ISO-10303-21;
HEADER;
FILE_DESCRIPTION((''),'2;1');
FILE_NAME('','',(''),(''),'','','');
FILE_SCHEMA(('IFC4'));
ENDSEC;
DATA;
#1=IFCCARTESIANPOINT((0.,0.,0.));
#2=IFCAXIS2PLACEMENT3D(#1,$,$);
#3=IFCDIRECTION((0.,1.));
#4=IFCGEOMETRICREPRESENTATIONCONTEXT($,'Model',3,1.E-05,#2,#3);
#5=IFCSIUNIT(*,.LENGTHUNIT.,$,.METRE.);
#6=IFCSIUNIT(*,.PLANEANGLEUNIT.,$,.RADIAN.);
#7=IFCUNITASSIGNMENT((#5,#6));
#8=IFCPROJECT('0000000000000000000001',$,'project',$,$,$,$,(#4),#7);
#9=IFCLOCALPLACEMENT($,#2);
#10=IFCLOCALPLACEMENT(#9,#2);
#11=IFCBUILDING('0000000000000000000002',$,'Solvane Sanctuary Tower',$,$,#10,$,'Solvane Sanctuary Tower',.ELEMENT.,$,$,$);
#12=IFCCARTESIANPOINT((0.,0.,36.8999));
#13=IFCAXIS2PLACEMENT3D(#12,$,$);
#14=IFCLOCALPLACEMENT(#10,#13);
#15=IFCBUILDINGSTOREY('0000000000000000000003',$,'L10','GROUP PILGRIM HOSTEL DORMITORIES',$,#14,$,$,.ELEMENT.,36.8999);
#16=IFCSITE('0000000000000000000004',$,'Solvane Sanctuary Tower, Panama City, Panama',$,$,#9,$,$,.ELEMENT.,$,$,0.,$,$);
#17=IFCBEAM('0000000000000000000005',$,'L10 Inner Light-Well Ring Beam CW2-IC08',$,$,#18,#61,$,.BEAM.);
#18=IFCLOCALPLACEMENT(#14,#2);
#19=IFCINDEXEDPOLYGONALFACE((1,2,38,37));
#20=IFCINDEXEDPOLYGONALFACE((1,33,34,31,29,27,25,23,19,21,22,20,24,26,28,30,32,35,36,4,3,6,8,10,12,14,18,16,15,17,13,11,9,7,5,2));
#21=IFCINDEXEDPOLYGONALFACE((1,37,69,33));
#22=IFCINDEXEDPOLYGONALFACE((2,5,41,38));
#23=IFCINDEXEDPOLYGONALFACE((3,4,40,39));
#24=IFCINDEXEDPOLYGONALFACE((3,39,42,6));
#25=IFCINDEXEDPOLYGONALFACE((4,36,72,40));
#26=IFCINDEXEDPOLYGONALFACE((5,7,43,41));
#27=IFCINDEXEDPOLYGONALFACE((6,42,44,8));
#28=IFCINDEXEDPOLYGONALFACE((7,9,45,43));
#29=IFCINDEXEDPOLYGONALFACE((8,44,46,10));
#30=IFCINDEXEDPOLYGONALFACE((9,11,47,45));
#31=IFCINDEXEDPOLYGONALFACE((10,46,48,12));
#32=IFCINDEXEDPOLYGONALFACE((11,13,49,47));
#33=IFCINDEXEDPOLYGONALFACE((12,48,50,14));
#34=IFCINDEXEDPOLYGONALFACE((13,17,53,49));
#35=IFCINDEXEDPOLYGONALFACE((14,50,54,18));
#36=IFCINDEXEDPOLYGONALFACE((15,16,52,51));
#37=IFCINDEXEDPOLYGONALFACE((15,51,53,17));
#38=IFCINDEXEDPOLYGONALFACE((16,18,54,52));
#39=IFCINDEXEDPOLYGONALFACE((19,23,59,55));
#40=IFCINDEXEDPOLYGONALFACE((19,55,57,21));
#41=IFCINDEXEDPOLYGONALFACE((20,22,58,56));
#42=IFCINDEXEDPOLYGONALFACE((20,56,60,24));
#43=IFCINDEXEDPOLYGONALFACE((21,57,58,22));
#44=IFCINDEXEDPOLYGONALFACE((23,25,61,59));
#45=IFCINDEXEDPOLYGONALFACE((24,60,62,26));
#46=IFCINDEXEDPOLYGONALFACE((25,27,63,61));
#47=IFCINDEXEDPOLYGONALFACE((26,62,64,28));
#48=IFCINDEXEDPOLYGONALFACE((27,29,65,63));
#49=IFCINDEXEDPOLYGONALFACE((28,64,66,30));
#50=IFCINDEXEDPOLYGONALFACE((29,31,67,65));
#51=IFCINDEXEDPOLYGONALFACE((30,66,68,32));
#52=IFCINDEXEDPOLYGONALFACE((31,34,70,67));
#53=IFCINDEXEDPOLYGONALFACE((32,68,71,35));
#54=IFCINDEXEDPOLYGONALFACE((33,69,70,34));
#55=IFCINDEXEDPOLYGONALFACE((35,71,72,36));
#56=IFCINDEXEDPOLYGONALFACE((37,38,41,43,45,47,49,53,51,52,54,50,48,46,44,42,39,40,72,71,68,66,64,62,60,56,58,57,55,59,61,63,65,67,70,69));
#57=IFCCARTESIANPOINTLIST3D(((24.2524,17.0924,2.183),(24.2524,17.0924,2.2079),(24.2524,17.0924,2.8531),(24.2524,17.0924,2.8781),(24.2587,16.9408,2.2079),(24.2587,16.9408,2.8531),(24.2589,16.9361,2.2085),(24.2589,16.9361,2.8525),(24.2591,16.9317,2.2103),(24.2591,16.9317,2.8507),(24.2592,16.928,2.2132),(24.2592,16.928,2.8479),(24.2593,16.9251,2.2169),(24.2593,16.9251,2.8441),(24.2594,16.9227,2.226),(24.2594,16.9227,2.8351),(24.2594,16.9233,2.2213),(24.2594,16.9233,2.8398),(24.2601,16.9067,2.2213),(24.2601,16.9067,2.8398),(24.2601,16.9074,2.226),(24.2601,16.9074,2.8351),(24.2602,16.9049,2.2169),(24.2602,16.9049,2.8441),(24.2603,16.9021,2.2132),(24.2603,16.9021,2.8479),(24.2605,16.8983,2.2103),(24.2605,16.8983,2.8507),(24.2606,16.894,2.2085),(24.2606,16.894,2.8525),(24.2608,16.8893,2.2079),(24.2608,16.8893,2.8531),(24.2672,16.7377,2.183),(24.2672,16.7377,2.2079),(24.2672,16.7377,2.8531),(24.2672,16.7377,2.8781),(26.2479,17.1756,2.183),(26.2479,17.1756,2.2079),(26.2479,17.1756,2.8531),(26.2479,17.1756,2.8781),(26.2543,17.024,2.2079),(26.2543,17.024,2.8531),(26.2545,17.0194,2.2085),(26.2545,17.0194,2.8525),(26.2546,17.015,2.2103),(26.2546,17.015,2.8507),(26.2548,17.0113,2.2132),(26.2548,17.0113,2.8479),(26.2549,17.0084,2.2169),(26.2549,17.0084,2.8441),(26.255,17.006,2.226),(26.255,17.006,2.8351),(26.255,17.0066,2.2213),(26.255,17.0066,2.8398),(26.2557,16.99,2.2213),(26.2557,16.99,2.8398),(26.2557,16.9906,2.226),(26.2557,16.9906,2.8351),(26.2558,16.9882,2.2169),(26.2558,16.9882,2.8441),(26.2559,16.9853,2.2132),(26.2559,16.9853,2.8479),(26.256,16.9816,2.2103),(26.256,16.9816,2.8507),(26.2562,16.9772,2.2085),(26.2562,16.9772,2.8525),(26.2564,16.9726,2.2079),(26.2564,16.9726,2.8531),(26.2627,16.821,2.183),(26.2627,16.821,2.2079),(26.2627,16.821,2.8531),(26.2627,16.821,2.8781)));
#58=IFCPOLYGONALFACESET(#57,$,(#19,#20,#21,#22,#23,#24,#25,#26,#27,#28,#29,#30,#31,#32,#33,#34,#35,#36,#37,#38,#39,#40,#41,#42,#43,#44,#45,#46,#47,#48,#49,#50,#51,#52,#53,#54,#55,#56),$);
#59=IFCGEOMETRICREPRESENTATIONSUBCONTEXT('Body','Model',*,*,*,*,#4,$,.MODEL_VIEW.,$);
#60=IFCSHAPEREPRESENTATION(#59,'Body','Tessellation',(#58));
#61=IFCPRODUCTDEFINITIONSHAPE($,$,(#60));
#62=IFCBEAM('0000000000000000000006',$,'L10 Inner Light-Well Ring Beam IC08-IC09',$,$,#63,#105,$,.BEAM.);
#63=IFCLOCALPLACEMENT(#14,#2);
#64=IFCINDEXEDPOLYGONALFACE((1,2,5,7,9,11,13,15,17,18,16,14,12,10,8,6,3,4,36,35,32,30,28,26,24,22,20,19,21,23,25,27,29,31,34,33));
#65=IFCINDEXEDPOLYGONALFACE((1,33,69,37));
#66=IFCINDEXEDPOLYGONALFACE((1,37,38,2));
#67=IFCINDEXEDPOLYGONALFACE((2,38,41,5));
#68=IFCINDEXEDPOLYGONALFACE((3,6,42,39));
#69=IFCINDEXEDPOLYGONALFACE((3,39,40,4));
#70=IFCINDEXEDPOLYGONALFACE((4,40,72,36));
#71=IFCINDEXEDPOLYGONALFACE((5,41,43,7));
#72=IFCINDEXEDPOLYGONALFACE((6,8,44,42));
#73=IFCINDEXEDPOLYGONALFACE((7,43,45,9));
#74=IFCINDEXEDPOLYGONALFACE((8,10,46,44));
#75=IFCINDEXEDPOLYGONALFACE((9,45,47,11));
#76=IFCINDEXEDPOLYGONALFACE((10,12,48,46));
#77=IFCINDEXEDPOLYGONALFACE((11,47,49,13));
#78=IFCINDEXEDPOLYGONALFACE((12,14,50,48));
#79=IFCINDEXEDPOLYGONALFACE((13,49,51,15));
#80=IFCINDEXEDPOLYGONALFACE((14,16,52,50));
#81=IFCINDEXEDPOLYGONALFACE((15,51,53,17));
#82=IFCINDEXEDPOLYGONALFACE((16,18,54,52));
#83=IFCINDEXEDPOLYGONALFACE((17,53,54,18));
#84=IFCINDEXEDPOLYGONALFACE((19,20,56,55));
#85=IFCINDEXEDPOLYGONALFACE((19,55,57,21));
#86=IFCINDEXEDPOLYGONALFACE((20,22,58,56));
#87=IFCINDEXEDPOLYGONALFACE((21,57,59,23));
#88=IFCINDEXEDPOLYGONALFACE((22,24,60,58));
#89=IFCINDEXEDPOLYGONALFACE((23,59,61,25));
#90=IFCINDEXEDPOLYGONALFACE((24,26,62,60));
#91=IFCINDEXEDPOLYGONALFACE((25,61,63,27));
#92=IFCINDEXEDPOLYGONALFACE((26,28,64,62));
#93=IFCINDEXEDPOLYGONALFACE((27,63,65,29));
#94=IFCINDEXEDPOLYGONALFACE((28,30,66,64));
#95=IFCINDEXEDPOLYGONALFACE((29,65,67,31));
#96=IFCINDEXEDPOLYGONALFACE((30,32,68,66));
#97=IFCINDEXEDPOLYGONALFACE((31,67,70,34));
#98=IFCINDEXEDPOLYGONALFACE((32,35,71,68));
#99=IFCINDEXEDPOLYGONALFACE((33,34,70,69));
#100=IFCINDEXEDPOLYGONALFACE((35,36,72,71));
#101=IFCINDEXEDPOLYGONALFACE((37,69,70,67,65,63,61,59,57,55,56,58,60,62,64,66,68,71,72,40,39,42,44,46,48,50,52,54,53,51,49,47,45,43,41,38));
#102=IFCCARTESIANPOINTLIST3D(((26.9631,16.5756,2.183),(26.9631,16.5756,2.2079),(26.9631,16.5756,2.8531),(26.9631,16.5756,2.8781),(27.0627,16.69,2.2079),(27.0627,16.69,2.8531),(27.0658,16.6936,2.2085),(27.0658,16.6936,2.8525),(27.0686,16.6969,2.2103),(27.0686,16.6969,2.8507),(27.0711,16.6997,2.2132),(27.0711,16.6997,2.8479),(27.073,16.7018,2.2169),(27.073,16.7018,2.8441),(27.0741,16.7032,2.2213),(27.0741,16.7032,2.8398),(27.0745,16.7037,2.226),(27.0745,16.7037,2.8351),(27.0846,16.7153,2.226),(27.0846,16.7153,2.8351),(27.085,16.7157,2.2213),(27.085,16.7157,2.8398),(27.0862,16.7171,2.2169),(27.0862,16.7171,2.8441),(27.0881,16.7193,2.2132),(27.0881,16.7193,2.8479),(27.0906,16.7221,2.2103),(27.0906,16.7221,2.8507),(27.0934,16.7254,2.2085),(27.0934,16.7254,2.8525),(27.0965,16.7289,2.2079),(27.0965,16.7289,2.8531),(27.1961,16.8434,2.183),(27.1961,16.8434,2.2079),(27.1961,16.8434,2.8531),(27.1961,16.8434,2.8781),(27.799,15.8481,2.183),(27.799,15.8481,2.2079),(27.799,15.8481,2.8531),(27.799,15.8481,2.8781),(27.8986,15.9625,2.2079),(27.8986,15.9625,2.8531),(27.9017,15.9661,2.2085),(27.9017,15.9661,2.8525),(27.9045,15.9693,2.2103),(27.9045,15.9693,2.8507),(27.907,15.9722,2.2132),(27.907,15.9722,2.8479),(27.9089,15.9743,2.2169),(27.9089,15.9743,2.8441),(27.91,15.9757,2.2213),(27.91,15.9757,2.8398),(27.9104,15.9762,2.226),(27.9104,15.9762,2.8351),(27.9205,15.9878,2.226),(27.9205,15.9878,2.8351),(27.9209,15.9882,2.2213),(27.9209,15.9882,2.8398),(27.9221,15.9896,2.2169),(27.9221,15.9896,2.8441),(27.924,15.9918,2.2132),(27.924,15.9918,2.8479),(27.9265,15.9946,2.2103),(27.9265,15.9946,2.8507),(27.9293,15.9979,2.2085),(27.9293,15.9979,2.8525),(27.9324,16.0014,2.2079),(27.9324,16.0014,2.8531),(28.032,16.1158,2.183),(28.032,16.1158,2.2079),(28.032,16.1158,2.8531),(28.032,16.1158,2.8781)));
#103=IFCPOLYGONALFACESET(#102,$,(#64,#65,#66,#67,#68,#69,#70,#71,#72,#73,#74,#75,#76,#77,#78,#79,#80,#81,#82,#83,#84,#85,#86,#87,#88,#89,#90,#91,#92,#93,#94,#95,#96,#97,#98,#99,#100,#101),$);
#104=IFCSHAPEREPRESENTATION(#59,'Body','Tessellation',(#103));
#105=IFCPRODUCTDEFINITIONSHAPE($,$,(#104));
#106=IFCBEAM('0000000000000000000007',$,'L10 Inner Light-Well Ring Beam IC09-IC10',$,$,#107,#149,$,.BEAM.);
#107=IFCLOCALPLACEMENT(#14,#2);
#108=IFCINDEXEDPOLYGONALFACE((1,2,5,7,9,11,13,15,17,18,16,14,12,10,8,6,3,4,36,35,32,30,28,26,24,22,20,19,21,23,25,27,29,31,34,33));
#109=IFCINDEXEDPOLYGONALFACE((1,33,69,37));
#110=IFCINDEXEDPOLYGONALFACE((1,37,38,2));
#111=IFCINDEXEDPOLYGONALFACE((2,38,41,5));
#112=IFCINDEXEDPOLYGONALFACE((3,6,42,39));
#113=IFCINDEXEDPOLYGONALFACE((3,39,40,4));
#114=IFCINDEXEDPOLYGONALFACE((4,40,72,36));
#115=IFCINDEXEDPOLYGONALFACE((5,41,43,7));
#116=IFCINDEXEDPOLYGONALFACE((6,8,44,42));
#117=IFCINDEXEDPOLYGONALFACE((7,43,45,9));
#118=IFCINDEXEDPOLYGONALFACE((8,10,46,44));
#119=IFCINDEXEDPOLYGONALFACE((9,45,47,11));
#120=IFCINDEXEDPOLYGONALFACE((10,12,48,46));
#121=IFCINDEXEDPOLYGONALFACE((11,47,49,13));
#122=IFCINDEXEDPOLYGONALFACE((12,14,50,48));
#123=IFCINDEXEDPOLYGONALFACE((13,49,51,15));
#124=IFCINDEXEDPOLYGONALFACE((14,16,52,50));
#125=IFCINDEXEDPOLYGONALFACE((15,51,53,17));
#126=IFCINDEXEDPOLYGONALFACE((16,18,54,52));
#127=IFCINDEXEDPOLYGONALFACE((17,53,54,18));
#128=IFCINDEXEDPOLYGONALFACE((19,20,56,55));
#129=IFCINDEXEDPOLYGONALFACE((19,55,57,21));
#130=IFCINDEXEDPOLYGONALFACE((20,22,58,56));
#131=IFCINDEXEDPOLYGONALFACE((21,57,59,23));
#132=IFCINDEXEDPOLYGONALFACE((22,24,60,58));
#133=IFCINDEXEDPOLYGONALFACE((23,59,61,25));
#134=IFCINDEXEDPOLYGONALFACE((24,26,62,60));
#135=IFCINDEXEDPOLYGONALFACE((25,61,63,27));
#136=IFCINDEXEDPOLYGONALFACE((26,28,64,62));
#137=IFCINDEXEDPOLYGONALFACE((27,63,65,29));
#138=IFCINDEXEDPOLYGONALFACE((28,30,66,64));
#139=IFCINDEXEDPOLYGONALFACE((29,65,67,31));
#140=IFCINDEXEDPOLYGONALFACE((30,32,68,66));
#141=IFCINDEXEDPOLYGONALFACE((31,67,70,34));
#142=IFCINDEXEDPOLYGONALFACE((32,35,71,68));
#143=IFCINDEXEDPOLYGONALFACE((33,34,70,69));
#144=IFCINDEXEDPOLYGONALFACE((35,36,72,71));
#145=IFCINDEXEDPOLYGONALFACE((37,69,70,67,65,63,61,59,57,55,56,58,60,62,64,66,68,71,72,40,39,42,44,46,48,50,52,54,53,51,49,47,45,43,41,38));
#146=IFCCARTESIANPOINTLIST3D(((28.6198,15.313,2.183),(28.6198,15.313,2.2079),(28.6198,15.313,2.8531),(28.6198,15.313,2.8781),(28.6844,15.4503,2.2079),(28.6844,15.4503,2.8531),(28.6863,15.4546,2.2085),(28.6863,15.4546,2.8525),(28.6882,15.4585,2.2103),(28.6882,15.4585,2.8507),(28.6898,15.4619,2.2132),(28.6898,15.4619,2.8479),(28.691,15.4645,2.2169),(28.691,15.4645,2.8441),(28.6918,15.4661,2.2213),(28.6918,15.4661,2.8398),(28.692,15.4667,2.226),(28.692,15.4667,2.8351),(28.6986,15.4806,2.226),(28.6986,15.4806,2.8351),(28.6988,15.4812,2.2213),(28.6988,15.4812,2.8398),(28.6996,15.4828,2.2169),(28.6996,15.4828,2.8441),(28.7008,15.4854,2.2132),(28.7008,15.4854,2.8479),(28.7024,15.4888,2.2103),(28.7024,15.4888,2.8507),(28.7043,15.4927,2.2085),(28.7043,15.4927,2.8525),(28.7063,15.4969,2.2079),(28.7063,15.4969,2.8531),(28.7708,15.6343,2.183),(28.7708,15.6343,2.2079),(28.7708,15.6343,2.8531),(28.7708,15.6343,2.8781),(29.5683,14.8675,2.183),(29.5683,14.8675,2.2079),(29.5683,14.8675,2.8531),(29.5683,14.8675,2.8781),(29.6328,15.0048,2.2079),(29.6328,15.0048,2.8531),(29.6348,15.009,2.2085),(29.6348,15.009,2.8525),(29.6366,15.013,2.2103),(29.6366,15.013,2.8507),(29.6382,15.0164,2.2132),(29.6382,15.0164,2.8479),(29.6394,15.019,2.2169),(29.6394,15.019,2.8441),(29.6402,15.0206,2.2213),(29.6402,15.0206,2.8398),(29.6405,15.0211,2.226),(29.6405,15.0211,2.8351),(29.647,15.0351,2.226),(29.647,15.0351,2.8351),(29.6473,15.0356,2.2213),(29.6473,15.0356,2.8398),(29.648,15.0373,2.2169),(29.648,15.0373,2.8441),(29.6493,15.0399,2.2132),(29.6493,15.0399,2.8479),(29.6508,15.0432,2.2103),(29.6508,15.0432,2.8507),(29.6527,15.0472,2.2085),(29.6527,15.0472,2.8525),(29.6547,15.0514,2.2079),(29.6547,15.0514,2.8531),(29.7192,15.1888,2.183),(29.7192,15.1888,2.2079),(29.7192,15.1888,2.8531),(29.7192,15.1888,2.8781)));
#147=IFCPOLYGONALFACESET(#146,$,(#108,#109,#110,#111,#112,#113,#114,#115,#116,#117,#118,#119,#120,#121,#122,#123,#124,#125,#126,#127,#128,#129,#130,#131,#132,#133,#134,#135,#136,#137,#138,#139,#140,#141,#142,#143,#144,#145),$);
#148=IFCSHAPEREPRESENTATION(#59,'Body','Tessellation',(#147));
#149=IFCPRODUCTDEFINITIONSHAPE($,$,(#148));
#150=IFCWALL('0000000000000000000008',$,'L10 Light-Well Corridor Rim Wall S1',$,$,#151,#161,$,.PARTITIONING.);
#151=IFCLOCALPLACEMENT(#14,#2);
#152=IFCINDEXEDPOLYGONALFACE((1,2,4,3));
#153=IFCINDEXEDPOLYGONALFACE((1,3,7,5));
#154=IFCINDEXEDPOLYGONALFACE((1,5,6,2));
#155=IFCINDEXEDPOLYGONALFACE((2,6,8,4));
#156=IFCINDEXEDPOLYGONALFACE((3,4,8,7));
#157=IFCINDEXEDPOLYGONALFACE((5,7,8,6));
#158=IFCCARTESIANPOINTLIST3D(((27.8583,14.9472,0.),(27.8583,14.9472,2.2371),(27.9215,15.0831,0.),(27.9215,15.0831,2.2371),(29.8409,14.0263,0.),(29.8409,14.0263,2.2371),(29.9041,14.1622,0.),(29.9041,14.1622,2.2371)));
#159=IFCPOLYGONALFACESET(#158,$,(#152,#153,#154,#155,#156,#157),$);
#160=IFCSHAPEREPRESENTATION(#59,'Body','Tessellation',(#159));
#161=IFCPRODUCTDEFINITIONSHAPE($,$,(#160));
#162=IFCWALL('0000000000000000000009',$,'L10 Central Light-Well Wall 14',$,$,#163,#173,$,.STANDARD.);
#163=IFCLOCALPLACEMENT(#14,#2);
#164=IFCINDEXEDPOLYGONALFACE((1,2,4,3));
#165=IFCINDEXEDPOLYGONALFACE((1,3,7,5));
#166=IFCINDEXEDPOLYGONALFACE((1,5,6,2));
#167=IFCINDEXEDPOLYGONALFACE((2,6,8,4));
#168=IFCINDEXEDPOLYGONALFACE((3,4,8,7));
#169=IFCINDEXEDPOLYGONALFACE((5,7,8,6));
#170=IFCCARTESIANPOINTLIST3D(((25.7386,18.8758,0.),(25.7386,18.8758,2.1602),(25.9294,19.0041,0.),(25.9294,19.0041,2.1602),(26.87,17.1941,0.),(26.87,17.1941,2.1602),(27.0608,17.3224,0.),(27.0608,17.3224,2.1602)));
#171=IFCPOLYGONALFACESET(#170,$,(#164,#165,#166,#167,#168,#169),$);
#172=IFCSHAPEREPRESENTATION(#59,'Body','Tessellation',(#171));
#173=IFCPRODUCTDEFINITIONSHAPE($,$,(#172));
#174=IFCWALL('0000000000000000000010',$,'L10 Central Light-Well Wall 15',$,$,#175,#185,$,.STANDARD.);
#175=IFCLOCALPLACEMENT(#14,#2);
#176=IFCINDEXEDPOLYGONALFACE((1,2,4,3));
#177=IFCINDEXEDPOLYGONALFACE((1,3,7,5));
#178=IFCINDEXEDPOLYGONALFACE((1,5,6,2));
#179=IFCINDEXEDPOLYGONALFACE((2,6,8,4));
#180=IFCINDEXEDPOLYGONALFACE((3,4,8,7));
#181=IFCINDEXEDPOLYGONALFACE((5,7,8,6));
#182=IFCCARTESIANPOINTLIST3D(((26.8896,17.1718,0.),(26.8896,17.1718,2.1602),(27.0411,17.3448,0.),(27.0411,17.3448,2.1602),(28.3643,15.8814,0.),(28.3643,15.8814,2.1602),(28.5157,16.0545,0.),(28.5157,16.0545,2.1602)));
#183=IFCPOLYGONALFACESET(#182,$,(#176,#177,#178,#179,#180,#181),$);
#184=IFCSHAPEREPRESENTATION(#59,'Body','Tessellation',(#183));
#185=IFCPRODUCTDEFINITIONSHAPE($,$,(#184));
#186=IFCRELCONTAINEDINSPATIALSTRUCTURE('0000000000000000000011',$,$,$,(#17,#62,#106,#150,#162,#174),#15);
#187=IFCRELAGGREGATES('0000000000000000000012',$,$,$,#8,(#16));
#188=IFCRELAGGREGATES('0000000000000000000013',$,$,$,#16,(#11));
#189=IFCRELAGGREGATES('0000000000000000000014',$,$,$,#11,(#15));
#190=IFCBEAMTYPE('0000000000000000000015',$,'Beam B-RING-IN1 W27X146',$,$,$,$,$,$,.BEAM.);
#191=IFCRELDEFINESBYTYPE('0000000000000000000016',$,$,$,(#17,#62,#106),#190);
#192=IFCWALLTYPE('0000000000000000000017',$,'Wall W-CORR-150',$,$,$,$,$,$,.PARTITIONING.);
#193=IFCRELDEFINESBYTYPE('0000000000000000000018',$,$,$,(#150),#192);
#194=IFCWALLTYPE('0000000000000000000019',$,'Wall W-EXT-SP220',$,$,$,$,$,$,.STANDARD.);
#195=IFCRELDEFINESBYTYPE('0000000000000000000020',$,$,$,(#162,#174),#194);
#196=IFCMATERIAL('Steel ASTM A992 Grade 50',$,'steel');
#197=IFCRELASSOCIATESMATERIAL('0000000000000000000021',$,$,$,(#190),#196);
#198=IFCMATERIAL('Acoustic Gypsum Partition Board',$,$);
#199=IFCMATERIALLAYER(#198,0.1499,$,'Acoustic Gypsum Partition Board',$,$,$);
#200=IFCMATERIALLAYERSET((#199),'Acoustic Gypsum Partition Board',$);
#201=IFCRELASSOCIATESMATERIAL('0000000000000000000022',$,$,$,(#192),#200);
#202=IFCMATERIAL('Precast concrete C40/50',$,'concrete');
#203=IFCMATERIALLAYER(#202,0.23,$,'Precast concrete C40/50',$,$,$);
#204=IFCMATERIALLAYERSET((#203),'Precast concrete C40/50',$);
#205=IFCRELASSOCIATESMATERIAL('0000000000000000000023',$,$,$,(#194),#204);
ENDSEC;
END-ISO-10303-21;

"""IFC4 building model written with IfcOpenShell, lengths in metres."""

from ifc_helpers import new_model, si_unit, direction, frame, frame_2d, origin, origin_2d, place, context, subcontext, project, spatial, rectangle, i_section, extrude, material, layer, layer_set, material_profile, profile_set, type_object, element, save


model = new_model("IFC4")

# Units and contexts
model_context = context("Model", 3, precision=1e-05, world=origin(), true_north=direction((0.0, 1.0)))
body_context = subcontext(model_context, "Body", "Model", "MODEL_VIEW")
ifc_project = project(units=[si_unit("LENGTHUNIT", "METRE"), si_unit("PLANEANGLEUNIT", "RADIAN")], contexts=[model_context])

# Site, building, storey
site_placement = place(None, origin())
site = spatial("IfcSite", under=ifc_project, at=site_placement, Name="Solvane Sanctuary Tower, Panama City, Panama", CompositionType="ELEMENT", RefElevation=0.0)
building_placement = place(site_placement, origin())
building = spatial("IfcBuilding", under=site, at=building_placement, Name="Solvane Sanctuary Tower", LongName="Solvane Sanctuary Tower", CompositionType="ELEMENT")
storey_placement = place(building_placement, frame((0.0, 0.0, 36.8999)))
storey = spatial("IfcBuildingStorey", under=building, at=storey_placement, Name="L10", Description="GROUP PILGRIM HOSTEL DORMITORIES", CompositionType="ELEMENT", Elevation=36.8999)

# Beams
ifc_material_1 = material(Name="Steel ASTM A992 Grade 50", Category="steel")
ifc_material_profile_1 = material_profile(ifc_material_1, i_section(OverallWidth=0.355, OverallDepth=0.6951, WebThickness=0.0154, FlangeThickness=0.0249, FilletRadius=0.0181, at=origin_2d()), Name="W27X146")
ifc_profile_set_1 = profile_set([ifc_material_profile_1], Name="Steel ASTM A992 Grade 50")
beam_type_1 = type_object("IfcBeamType", Name="Beam B-RING-IN1 W27X146", PredefinedType="BEAM", material=ifc_profile_set_1)
beam_1_placement = place(storey_placement, frame((24.2598, 16.915, 2.5305), z_axis=(0.999131, 0.041681, 0.0), x_axis=(-0.041681, 0.999131, 0.0)))
element("IfcBeam", 1, at=beam_1_placement, inside=storey, type_object=beam_type_1, Name="L10 Inner Light-Well Ring Beam CW2-IC08", PredefinedType="BEAM", context=body_context, shape_type="SweptSolid", body=[
    extrude(i_section(OverallWidth=0.355, OverallDepth=0.6951, WebThickness=0.0154, FlangeThickness=0.0249, FilletRadius=0.0181, at=origin_2d()), origin(), (0.0, 0.0, 1.0), 1.9973),
])
beam_2_placement = place(storey_placement, frame((27.0796, 16.7095, 2.5305), z_axis=(0.754321, -0.656506, 0.0), x_axis=(0.656506, 0.754321, 0.0)))
element("IfcBeam", 2, at=beam_2_placement, inside=storey, type_object=beam_type_1, Name="L10 Inner Light-Well Ring Beam IC08-IC09", PredefinedType="BEAM", context=body_context, shape_type="SweptSolid", body=[
    extrude(i_section(OverallWidth=0.355, OverallDepth=0.6951, WebThickness=0.0154, FlangeThickness=0.0249, FilletRadius=0.0181, at=origin_2d()), origin(), (0.0, 0.0, 1.0), 1.1082),
])
beam_3_placement = place(storey_placement, frame((28.6953, 15.4736, 2.5305), z_axis=(0.905109, -0.42518, 0.0), x_axis=(0.42518, 0.905109, 0.0)))
element("IfcBeam", 3, at=beam_3_placement, inside=storey, type_object=beam_type_1, Name="L10 Inner Light-Well Ring Beam IC09-IC10", PredefinedType="BEAM", context=body_context, shape_type="SweptSolid", body=[
    extrude(i_section(OverallWidth=0.355, OverallDepth=0.6951, WebThickness=0.0154, FlangeThickness=0.0249, FilletRadius=0.0181, at=origin_2d()), origin(), (0.0, 0.0, 1.0), 1.0479),
])

# Walls
ifc_material_2 = material(Name="Acoustic Gypsum Partition Board")
ifc_layer_1 = layer(ifc_material_2, 0.1499, Name="Acoustic Gypsum Partition Board")
ifc_layer_set_1 = layer_set([ifc_layer_1], Name="Acoustic Gypsum Partition Board")
wall_type_1 = type_object("IfcWallType", Name="Wall W-CORR-150", PredefinedType="PARTITIONING", material=ifc_layer_set_1)
wall_1_placement = place(storey_placement, frame((27.8899, 15.0151, 0.0), z_axis=(0.0, 0.0, 1.0), x_axis=(0.906943, -0.421252, 0.0)))
element("IfcWall", 4, at=wall_1_placement, inside=storey, type_object=wall_type_1, Name="L10 Light-Well Corridor Rim Wall S1", PredefinedType="PARTITIONING", context=body_context, shape_type="SweptSolid", body=[
    extrude(rectangle(XDim=2.186, YDim=0.1499, at=frame_2d((1.093, 0.0))), origin(), (0.0, 0.0, 1.0), 2.2371),
])
ifc_material_3 = material(Name="Precast concrete C40/50", Category="concrete")
ifc_layer_2 = layer(ifc_material_3, 0.23, Name="Precast concrete C40/50")
ifc_layer_set_2 = layer_set([ifc_layer_2], Name="Precast concrete C40/50")
wall_type_2 = type_object("IfcWallType", Name="Wall W-EXT-SP220", PredefinedType="STANDARD", material=ifc_layer_set_2)
wall_2_placement = place(storey_placement, frame((25.834, 18.9399, 0.0), z_axis=(0.0, 0.0, 1.0), x_axis=(0.558198, -0.829708, 0.0)))
element("IfcWall", 5, at=wall_2_placement, inside=storey, type_object=wall_type_2, Name="L10 Central Light-Well Wall 14", PredefinedType="STANDARD", context=body_context, shape_type="SweptSolid", body=[
    extrude(rectangle(XDim=2.0269, YDim=0.23, at=frame_2d((1.0134, 0.0))), origin(), (0.0, 0.0, 1.0), 2.1602),
])
wall_3_placement = place(storey_placement, frame((26.9653, 17.2583, 0.0), z_axis=(0.0, 0.0, 1.0), x_axis=(0.752577, -0.658505, 0.0)))
element("IfcWall", 6, at=wall_3_placement, inside=storey, type_object=wall_type_2, Name="L10 Central Light-Well Wall 15", PredefinedType="STANDARD", context=body_context, shape_type="SweptSolid", body=[
    extrude(rectangle(XDim=1.9595, YDim=0.23, at=frame_2d((0.9797, 0.0))), origin(), (0.0, 0.0, 1.0), 2.1602),
])

save(model, "model.ifc")
